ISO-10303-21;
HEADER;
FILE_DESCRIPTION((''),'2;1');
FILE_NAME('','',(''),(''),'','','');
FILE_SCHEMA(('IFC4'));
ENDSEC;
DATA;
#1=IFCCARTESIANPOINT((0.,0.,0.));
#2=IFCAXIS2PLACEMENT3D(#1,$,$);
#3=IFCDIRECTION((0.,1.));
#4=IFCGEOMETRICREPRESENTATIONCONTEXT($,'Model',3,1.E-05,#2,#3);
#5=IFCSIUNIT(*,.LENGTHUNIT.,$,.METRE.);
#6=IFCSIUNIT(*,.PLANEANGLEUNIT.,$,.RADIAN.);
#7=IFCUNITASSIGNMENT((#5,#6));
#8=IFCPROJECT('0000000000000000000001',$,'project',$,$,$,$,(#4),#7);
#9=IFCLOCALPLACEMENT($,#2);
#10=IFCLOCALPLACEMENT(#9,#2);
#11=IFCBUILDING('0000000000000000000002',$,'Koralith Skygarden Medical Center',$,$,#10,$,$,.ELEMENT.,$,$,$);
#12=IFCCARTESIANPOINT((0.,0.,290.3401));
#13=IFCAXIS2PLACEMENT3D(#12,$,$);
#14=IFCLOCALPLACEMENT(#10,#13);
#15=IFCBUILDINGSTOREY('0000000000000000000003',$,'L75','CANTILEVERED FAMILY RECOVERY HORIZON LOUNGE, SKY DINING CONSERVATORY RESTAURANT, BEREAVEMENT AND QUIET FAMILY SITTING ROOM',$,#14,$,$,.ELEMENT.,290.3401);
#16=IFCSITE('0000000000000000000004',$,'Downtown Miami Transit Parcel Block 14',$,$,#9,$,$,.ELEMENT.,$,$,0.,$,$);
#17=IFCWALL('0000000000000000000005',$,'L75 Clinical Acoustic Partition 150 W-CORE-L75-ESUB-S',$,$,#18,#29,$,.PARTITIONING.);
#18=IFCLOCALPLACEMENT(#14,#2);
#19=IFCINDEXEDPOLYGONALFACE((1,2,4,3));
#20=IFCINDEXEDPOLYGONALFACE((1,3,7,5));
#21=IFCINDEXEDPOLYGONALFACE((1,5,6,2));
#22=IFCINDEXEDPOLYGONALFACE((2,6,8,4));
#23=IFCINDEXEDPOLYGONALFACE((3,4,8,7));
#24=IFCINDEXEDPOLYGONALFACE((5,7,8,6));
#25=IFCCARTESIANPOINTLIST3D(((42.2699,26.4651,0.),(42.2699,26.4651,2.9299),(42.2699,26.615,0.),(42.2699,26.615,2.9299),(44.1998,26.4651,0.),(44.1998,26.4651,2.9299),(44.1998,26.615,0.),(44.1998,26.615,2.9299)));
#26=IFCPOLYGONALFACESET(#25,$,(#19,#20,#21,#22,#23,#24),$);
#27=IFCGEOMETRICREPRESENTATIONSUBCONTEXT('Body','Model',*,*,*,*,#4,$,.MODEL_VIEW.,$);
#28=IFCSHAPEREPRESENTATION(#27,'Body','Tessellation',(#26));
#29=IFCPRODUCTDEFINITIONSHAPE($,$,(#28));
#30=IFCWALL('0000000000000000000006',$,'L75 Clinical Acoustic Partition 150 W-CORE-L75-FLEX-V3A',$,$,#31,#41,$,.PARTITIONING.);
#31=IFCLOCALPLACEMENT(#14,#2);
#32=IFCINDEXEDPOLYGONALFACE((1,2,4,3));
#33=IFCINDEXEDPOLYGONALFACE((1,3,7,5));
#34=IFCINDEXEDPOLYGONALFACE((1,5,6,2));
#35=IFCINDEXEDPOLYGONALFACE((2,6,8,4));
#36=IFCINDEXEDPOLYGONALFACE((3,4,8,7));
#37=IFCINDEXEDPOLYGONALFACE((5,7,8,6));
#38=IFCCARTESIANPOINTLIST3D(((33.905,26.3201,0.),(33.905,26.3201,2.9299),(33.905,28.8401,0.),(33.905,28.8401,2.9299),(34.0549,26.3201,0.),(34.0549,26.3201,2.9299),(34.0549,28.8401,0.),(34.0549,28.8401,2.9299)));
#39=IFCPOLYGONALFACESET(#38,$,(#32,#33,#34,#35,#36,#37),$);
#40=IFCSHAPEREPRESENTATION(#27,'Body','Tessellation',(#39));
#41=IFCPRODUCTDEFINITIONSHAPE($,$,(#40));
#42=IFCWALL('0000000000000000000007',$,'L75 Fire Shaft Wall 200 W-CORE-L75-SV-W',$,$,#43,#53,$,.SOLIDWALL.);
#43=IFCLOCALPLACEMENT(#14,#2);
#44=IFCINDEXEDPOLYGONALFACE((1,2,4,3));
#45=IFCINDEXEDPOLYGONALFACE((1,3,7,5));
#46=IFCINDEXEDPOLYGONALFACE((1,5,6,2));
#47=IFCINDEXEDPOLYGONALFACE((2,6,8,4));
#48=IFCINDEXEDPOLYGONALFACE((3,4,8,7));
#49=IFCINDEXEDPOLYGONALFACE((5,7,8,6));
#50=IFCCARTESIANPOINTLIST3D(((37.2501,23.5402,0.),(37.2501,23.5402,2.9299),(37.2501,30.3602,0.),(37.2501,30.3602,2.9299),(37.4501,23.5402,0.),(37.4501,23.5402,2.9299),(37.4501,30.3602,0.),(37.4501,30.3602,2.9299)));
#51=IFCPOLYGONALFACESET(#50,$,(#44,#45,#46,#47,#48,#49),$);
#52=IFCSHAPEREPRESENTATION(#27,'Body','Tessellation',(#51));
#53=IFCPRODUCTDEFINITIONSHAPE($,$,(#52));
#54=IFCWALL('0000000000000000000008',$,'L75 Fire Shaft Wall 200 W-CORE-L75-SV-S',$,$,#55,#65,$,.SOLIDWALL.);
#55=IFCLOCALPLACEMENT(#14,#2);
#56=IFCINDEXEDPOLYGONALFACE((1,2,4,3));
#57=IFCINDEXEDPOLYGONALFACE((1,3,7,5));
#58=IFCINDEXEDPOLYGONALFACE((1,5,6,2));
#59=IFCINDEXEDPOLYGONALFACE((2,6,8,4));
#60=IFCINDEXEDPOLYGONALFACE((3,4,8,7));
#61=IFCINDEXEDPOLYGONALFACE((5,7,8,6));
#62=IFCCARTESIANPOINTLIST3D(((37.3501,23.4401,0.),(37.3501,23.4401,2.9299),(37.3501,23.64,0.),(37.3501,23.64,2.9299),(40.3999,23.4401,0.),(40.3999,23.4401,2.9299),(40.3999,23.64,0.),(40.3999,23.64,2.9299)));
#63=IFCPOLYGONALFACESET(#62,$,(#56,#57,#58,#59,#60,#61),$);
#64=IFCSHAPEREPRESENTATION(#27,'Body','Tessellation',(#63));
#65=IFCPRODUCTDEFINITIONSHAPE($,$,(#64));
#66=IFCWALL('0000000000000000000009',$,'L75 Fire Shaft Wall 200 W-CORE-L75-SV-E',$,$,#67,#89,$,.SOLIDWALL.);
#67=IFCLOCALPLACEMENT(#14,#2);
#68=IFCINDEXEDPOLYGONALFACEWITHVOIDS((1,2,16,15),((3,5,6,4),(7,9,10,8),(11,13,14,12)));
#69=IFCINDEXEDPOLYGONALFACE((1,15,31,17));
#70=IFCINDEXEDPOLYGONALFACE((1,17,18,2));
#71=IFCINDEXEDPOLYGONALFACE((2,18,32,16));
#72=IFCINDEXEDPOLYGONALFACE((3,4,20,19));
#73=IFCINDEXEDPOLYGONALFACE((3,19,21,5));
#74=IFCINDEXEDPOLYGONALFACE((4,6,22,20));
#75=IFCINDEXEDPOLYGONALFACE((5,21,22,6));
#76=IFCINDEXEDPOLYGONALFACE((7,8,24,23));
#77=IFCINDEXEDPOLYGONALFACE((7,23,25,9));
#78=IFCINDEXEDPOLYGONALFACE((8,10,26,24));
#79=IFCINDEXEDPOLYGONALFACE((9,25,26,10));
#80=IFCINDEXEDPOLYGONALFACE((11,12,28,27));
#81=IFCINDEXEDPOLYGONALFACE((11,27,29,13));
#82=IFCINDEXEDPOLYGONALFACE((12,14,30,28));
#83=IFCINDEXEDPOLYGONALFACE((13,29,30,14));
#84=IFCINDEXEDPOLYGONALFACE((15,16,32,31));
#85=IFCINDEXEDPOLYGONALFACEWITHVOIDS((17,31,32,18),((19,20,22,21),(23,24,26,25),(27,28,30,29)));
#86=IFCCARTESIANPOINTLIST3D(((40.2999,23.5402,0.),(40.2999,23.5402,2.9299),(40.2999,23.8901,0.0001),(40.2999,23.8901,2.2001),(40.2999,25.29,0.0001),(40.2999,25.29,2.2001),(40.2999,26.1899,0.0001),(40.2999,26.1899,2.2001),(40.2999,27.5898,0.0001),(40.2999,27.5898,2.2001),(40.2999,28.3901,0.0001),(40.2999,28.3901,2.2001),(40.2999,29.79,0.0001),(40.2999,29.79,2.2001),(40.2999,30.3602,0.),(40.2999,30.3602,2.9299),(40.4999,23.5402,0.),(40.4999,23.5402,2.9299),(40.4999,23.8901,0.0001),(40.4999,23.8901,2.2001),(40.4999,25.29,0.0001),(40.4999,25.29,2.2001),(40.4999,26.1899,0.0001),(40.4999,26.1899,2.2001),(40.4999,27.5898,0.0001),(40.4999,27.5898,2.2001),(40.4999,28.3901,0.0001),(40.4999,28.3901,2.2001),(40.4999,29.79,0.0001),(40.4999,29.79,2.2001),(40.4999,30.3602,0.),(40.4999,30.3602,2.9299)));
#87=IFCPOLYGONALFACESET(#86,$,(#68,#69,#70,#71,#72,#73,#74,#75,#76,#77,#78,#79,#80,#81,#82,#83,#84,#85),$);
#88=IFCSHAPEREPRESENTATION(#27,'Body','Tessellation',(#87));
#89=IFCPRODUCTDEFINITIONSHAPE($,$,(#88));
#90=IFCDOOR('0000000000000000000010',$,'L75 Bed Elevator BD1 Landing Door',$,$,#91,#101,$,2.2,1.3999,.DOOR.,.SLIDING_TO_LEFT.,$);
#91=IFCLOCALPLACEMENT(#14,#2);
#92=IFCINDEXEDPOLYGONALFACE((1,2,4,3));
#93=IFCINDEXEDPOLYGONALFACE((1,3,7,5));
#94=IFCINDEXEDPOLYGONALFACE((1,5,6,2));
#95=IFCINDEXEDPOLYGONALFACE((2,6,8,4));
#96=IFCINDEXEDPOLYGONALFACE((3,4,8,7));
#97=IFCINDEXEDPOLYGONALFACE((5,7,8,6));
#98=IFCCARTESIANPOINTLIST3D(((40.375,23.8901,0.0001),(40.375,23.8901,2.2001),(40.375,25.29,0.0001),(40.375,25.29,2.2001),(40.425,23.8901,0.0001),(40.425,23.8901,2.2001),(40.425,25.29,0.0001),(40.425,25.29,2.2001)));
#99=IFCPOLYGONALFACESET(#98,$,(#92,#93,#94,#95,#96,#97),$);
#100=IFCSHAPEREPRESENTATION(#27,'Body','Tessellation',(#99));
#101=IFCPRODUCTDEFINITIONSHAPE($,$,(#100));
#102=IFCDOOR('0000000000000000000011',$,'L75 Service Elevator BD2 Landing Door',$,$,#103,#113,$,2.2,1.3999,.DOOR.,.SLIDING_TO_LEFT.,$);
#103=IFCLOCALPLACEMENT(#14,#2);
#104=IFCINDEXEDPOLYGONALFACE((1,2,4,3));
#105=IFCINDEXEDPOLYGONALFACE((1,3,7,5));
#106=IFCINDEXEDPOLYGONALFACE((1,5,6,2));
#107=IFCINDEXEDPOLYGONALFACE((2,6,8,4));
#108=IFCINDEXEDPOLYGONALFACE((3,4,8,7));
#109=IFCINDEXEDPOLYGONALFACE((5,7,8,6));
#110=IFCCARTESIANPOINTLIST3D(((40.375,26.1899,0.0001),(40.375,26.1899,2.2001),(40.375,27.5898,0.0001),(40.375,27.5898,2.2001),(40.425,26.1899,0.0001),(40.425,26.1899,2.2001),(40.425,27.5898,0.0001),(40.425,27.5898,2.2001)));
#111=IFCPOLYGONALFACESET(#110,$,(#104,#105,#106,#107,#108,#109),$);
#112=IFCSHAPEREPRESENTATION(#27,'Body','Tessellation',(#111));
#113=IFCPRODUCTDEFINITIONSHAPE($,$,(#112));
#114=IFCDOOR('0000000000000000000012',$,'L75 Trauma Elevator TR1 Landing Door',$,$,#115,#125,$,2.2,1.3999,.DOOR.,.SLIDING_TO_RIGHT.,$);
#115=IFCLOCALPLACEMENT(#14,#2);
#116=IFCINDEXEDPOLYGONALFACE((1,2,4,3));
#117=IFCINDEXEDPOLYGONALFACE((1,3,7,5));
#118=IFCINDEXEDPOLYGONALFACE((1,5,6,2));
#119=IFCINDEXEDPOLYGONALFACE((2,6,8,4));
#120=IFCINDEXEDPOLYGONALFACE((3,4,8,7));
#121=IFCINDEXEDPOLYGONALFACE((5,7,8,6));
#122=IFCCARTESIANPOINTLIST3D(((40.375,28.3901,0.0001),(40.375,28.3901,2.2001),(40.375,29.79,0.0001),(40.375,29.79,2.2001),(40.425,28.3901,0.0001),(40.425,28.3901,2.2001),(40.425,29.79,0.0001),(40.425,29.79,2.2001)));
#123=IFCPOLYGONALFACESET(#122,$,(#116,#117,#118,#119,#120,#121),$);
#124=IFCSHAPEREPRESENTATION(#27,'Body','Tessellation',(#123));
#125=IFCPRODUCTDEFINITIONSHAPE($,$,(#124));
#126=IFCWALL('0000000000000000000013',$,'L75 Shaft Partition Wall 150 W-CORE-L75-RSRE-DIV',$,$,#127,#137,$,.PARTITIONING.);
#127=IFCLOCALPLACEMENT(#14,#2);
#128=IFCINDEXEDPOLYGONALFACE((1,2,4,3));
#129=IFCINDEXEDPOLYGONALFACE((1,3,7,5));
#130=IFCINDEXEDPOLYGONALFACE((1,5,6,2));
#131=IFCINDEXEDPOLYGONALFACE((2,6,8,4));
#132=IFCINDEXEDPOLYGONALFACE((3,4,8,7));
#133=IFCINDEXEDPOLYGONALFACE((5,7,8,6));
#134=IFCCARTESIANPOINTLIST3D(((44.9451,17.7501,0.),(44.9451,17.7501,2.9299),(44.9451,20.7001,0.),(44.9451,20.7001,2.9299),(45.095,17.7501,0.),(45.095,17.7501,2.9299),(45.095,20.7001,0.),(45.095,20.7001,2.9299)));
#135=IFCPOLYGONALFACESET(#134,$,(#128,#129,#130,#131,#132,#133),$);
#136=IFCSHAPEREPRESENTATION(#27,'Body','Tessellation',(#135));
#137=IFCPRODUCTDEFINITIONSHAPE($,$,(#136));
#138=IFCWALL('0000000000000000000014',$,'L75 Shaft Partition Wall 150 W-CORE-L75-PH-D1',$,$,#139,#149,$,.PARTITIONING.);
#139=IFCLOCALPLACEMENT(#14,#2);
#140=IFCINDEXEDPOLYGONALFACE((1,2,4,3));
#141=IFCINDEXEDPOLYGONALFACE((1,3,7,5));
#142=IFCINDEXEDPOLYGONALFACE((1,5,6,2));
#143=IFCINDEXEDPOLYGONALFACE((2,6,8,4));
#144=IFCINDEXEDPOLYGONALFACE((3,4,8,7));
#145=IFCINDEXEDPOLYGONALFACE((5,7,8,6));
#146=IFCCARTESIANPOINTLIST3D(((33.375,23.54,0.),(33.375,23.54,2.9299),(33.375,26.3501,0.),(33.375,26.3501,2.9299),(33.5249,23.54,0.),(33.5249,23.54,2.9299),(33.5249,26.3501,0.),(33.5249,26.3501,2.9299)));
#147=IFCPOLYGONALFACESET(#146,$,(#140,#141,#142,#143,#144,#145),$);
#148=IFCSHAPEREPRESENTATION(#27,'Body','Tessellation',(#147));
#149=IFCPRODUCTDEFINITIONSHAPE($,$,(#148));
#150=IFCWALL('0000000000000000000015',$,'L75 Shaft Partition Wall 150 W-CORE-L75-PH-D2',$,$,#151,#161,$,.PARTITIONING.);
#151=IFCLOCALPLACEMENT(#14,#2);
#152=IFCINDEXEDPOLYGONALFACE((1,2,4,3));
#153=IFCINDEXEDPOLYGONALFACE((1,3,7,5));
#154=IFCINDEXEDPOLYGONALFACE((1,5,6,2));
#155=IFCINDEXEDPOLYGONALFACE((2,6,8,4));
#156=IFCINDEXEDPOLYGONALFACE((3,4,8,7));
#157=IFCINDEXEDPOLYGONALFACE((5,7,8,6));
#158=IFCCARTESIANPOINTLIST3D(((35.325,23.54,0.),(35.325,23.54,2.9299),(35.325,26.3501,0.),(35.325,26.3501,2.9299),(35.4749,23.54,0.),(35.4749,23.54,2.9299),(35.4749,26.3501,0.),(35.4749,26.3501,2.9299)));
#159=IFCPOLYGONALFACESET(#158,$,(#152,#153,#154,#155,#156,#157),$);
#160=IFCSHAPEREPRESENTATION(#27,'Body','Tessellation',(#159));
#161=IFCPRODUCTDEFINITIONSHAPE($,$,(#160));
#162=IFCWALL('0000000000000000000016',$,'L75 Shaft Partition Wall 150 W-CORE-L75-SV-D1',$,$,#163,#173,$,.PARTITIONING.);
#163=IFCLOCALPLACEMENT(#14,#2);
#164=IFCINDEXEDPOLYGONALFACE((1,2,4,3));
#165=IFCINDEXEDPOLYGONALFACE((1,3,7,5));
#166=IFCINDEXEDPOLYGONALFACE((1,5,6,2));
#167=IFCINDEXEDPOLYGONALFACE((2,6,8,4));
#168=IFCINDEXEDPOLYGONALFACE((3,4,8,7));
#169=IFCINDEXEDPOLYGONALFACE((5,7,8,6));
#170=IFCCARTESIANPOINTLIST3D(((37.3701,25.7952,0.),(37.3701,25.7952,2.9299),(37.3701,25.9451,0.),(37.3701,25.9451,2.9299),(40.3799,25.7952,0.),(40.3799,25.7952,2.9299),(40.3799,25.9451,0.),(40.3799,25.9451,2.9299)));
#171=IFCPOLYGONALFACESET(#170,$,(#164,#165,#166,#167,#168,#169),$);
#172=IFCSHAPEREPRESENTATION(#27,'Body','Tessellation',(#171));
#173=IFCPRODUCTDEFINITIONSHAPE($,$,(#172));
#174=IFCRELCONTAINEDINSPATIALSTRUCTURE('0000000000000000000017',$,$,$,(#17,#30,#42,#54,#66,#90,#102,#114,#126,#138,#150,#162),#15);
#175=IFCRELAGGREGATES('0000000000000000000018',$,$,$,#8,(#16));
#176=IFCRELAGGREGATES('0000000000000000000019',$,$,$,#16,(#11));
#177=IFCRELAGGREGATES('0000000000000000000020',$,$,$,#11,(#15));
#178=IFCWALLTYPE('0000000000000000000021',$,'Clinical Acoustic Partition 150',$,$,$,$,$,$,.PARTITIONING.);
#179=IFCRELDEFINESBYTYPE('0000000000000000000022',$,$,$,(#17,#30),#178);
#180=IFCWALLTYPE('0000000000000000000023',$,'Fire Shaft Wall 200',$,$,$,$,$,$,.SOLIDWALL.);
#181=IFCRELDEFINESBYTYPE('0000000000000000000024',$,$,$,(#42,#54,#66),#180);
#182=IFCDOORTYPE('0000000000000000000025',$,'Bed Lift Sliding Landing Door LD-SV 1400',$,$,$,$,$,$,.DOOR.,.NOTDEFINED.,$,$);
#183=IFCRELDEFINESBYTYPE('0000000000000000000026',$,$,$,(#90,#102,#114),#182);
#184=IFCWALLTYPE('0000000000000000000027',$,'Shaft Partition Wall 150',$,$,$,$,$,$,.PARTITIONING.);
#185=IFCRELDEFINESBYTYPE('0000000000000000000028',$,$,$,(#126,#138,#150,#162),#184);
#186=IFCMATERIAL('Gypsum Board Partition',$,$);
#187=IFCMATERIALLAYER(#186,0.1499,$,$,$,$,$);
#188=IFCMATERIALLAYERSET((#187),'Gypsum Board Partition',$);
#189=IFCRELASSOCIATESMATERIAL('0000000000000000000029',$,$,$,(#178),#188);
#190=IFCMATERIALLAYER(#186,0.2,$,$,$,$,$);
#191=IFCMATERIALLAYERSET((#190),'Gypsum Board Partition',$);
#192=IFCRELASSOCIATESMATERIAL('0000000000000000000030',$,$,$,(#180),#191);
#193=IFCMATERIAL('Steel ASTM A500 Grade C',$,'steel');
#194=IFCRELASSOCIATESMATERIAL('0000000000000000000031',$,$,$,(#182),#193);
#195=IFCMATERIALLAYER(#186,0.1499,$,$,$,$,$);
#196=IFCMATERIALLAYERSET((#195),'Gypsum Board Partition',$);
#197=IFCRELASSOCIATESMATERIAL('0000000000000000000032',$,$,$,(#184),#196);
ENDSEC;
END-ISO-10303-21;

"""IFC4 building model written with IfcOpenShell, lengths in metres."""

from ifc_helpers import new_model, si_unit, direction, frame, frame_2d, origin, place, context, subcontext, project, spatial, rectangle, extrude, material, layer, layer_set, type_object, element, fill, save


model = new_model("IFC4")

# Units and contexts
model_context = context("Model", 3, precision=1e-05, world=origin(), true_north=direction((0.0, 1.0)))
body_context = subcontext(model_context, "Body", "Model", "MODEL_VIEW")
ifc_project = project(units=[si_unit("LENGTHUNIT", "METRE"), si_unit("PLANEANGLEUNIT", "RADIAN")], contexts=[model_context])

# Site, building, storey
site_placement = place(None, origin())
site = spatial("IfcSite", under=ifc_project, at=site_placement, Name="Downtown Miami Transit Parcel Block 14", CompositionType="ELEMENT", RefElevation=0.0)
building_placement = place(site_placement, origin())
building = spatial("IfcBuilding", under=site, at=building_placement, Name="Koralith Skygarden Medical Center", CompositionType="ELEMENT")
storey_placement = place(building_placement, frame((0.0, 0.0, 290.3401)))
storey = spatial("IfcBuildingStorey", under=building, at=storey_placement, Name="L75", Description="CANTILEVERED FAMILY RECOVERY HORIZON LOUNGE, SKY DINING CONSERVATORY RESTAURANT, BEREAVEMENT AND QUIET FAMILY SITTING ROOM", CompositionType="ELEMENT", Elevation=290.3401)

# Shared definitions
ifc_material_1 = material(Name="Gypsum Board Partition")
ifc_layer_1 = layer(ifc_material_1, 0.1499)
ifc_layer_set_1 = layer_set([ifc_layer_1], Name="Gypsum Board Partition")
wall_type_1 = type_object("IfcWallType", Name="Clinical Acoustic Partition 150", PredefinedType="PARTITIONING", material=ifc_layer_set_1)

# Walls
wall_1_placement = place(storey_placement, frame((42.27, 26.54, 0.0), z_axis=(0.0, 0.0, 1.0), x_axis=(1.0, 0.0, 0.0)))
element("IfcWall", 1, at=wall_1_placement, inside=storey, type_object=wall_type_1, Name="L75 Clinical Acoustic Partition 150 W-CORE-L75-ESUB-S", PredefinedType="PARTITIONING", context=body_context, shape_type="SweptSolid", body=[
    extrude(rectangle(XDim=1.9299, YDim=0.1499, at=frame_2d((0.9648, 0.0))), origin(), (0.0, 0.0, 1.0), 2.9299),
])
wall_2_placement = place(storey_placement, frame((33.98, 26.3201, 0.0), z_axis=(0.0, 0.0, 1.0), x_axis=(0.0, 1.0, 0.0)))
element("IfcWall", 2, at=wall_2_placement, inside=storey, type_object=wall_type_1, Name="L75 Clinical Acoustic Partition 150 W-CORE-L75-FLEX-V3A", PredefinedType="PARTITIONING", context=body_context, shape_type="SweptSolid", body=[
    extrude(rectangle(XDim=2.52, YDim=0.1499, at=frame_2d((1.26, 0.0))), origin(), (0.0, 0.0, 1.0), 2.9299),
])

# Shared definitions
ifc_layer_2 = layer(ifc_material_1, 0.2)
ifc_layer_set_2 = layer_set([ifc_layer_2], Name="Gypsum Board Partition")
wall_type_2 = type_object("IfcWallType", Name="Fire Shaft Wall 200", PredefinedType="SOLIDWALL", material=ifc_layer_set_2)
ifc_material_2 = material(Name="Steel ASTM A500 Grade C", Category="steel")

# Walls
wall_3_placement = place(storey_placement, frame((37.3501, 23.54, 0.0), z_axis=(0.0, 0.0, 1.0), x_axis=(0.0, 1.0, 0.0)))
element("IfcWall", 3, at=wall_3_placement, inside=storey, type_object=wall_type_2, Name="L75 Fire Shaft Wall 200 W-CORE-L75-SV-W", PredefinedType="SOLIDWALL", context=body_context, shape_type="SweptSolid", body=[
    extrude(rectangle(XDim=6.8201, YDim=0.2, at=frame_2d((3.4102, 0.0))), origin(), (0.0, 0.0, 1.0), 2.9299),
])
wall_4_placement = place(storey_placement, frame((37.3501, 23.54, 0.0), z_axis=(0.0, 0.0, 1.0), x_axis=(1.0, 0.0, 0.0)))
element("IfcWall", 4, at=wall_4_placement, inside=storey, type_object=wall_type_2, Name="L75 Fire Shaft Wall 200 W-CORE-L75-SV-S", PredefinedType="SOLIDWALL", context=body_context, shape_type="SweptSolid", body=[
    extrude(rectangle(XDim=3.0498, YDim=0.2, at=frame_2d((1.5249, 0.0))), origin(), (0.0, 0.0, 1.0), 2.9299),
])

# Wall, openings, doors
wall_5_placement = place(storey_placement, frame((40.3999, 23.54, 0.0), z_axis=(0.0, 0.0, 1.0), x_axis=(0.0, 1.0, 0.0)))
wall_5 = element("IfcWall", 5, at=wall_5_placement, inside=storey, type_object=wall_type_2, Name="L75 Fire Shaft Wall 200 W-CORE-L75-SV-E", PredefinedType="SOLIDWALL", context=body_context, shape_type="SweptSolid", body=[
    extrude(rectangle(XDim=6.8201, YDim=0.2, at=frame_2d((3.4102, 0.0))), origin(), (0.0, 0.0, 1.0), 2.9299),
])
opening_1_placement = place(wall_5_placement, frame((0.3501, 0.0, 0.0)))
opening_1 = element("IfcOpeningElement", 6, at=opening_1_placement, cuts=wall_5, PredefinedType="OPENING", context=body_context, shape_type="SweptSolid", body=[
    extrude(rectangle(XDim=1.3999, YDim=2.2, at=frame_2d((0.7, 1.1001))), frame((0.0, 0.1099, 0.0), z_axis=(0.0, -1.0, 0.0), x_axis=(1.0, 0.0, 0.0)), (0.0, 0.0, 1.0), 0.22),
])
opening_2_placement = place(wall_5_placement, frame((2.6499, 0.0, 0.0)))
opening_2 = element("IfcOpeningElement", 7, at=opening_2_placement, cuts=wall_5, PredefinedType="OPENING", context=body_context, shape_type="SweptSolid", body=[
    extrude(rectangle(XDim=1.3999, YDim=2.2, at=frame_2d((0.7, 1.1001))), frame((0.0, 0.1099, 0.0), z_axis=(0.0, -1.0, 0.0), x_axis=(1.0, 0.0, 0.0)), (0.0, 0.0, 1.0), 0.22),
])
opening_3_placement = place(wall_5_placement, frame((4.8501, 0.0, 0.0)))
opening_3 = element("IfcOpeningElement", 8, at=opening_3_placement, cuts=wall_5, PredefinedType="OPENING", context=body_context, shape_type="SweptSolid", body=[
    extrude(rectangle(XDim=1.3999, YDim=2.2, at=frame_2d((0.7, 1.1001))), frame((0.0, 0.1099, 0.0), z_axis=(0.0, -1.0, 0.0), x_axis=(1.0, 0.0, 0.0)), (0.0, 0.0, 1.0), 0.22),
])
door_type_1 = type_object("IfcDoorType", Name="Bed Lift Sliding Landing Door LD-SV 1400", OperationType="NOTDEFINED", PredefinedType="DOOR", material=ifc_material_2)
door_1_placement = place(opening_1_placement, origin())
door_1 = element("IfcDoor", 9, at=door_1_placement, inside=storey, type_object=door_type_1, Name="L75 Bed Elevator BD1 Landing Door", OperationType="SLIDING_TO_LEFT", OverallHeight=2.2, OverallWidth=1.3999, PredefinedType="DOOR", context=body_context, shape_type="SweptSolid", body=[
    extrude(rectangle(XDim=1.3999, YDim=2.2, at=frame_2d((0.7, 1.1001))), frame((0.0, 0.0249, 0.0), z_axis=(0.0, -1.0, 0.0), x_axis=(1.0, 0.0, 0.0)), (0.0, 0.0, 1.0), 0.05),
])
fill(opening_1, door_1)
door_2_placement = place(opening_2_placement, origin())
door_2 = element("IfcDoor", 10, at=door_2_placement, inside=storey, type_object=door_type_1, Name="L75 Service Elevator BD2 Landing Door", OperationType="SLIDING_TO_LEFT", OverallHeight=2.2, OverallWidth=1.3999, PredefinedType="DOOR", context=body_context, shape_type="SweptSolid", body=[
    extrude(rectangle(XDim=1.3999, YDim=2.2, at=frame_2d((0.7, 1.1001))), frame((0.0, 0.0249, 0.0), z_axis=(0.0, -1.0, 0.0), x_axis=(1.0, 0.0, 0.0)), (0.0, 0.0, 1.0), 0.05),
])
fill(opening_2, door_2)
door_3_placement = place(opening_3_placement, origin())
door_3 = element("IfcDoor", 11, at=door_3_placement, inside=storey, type_object=door_type_1, Name="L75 Trauma Elevator TR1 Landing Door", OperationType="SLIDING_TO_RIGHT", OverallHeight=2.2, OverallWidth=1.3999, PredefinedType="DOOR", context=body_context, shape_type="SweptSolid", body=[
    extrude(rectangle(XDim=1.3999, YDim=2.2, at=frame_2d((0.7, 1.1001))), frame((0.0, 0.0249, 0.0), z_axis=(0.0, -1.0, 0.0), x_axis=(1.0, 0.0, 0.0)), (0.0, 0.0, 1.0), 0.05),
])
fill(opening_3, door_3)

# Walls
ifc_layer_3 = layer(ifc_material_1, 0.1499)
ifc_layer_set_3 = layer_set([ifc_layer_3], Name="Gypsum Board Partition")
wall_type_3 = type_object("IfcWallType", Name="Shaft Partition Wall 150", PredefinedType="PARTITIONING", material=ifc_layer_set_3)
wall_6_placement = place(storey_placement, frame((45.02, 17.75, 0.0), z_axis=(0.0, 0.0, 1.0), x_axis=(0.0, 1.0, 0.0)))
element("IfcWall", 12, at=wall_6_placement, inside=storey, type_object=wall_type_3, Name="L75 Shaft Partition Wall 150 W-CORE-L75-RSRE-DIV", PredefinedType="PARTITIONING", context=body_context, shape_type="SweptSolid", body=[
    extrude(rectangle(XDim=2.95, YDim=0.1499, at=frame_2d((1.4751, 0.0))), origin(), (0.0, 0.0, 1.0), 2.9299),
])
for number, where, z_axis, x_axis, name in (
    (13, (33.45, 23.54, 0.0), (0.0, 0.0, 1.0), (0.0, 1.0, 0.0), "L75 Shaft Partition Wall 150 W-CORE-L75-PH-D1"),
    (14, (35.3999, 23.54, 0.0), (0.0, 0.0, 1.0), (0.0, 1.0, 0.0), "L75 Shaft Partition Wall 150 W-CORE-L75-PH-D2"),
):
    element("IfcWall", number, at=place(storey_placement, frame(where, z_axis=z_axis, x_axis=x_axis)), inside=storey, type_object=wall_type_3, Name=name, PredefinedType="PARTITIONING", context=body_context, shape_type="SweptSolid", body=[
        extrude(rectangle(XDim=2.8101, YDim=0.1499, at=frame_2d((1.405, 0.0))), origin(), (0.0, 0.0, 1.0), 2.9299),
    ])
wall_7_placement = place(storey_placement, frame((37.3701, 25.8701, 0.0), z_axis=(0.0, 0.0, 1.0), x_axis=(1.0, 0.0, 0.0)))
element("IfcWall", 15, at=wall_7_placement, inside=storey, type_object=wall_type_3, Name="L75 Shaft Partition Wall 150 W-CORE-L75-SV-D1", PredefinedType="PARTITIONING", context=body_context, shape_type="SweptSolid", body=[
    extrude(rectangle(XDim=3.0098, YDim=0.1499, at=frame_2d((1.5049, 0.0))), origin(), (0.0, 0.0, 1.0), 2.9299),
])

save(model, "model.ifc")
